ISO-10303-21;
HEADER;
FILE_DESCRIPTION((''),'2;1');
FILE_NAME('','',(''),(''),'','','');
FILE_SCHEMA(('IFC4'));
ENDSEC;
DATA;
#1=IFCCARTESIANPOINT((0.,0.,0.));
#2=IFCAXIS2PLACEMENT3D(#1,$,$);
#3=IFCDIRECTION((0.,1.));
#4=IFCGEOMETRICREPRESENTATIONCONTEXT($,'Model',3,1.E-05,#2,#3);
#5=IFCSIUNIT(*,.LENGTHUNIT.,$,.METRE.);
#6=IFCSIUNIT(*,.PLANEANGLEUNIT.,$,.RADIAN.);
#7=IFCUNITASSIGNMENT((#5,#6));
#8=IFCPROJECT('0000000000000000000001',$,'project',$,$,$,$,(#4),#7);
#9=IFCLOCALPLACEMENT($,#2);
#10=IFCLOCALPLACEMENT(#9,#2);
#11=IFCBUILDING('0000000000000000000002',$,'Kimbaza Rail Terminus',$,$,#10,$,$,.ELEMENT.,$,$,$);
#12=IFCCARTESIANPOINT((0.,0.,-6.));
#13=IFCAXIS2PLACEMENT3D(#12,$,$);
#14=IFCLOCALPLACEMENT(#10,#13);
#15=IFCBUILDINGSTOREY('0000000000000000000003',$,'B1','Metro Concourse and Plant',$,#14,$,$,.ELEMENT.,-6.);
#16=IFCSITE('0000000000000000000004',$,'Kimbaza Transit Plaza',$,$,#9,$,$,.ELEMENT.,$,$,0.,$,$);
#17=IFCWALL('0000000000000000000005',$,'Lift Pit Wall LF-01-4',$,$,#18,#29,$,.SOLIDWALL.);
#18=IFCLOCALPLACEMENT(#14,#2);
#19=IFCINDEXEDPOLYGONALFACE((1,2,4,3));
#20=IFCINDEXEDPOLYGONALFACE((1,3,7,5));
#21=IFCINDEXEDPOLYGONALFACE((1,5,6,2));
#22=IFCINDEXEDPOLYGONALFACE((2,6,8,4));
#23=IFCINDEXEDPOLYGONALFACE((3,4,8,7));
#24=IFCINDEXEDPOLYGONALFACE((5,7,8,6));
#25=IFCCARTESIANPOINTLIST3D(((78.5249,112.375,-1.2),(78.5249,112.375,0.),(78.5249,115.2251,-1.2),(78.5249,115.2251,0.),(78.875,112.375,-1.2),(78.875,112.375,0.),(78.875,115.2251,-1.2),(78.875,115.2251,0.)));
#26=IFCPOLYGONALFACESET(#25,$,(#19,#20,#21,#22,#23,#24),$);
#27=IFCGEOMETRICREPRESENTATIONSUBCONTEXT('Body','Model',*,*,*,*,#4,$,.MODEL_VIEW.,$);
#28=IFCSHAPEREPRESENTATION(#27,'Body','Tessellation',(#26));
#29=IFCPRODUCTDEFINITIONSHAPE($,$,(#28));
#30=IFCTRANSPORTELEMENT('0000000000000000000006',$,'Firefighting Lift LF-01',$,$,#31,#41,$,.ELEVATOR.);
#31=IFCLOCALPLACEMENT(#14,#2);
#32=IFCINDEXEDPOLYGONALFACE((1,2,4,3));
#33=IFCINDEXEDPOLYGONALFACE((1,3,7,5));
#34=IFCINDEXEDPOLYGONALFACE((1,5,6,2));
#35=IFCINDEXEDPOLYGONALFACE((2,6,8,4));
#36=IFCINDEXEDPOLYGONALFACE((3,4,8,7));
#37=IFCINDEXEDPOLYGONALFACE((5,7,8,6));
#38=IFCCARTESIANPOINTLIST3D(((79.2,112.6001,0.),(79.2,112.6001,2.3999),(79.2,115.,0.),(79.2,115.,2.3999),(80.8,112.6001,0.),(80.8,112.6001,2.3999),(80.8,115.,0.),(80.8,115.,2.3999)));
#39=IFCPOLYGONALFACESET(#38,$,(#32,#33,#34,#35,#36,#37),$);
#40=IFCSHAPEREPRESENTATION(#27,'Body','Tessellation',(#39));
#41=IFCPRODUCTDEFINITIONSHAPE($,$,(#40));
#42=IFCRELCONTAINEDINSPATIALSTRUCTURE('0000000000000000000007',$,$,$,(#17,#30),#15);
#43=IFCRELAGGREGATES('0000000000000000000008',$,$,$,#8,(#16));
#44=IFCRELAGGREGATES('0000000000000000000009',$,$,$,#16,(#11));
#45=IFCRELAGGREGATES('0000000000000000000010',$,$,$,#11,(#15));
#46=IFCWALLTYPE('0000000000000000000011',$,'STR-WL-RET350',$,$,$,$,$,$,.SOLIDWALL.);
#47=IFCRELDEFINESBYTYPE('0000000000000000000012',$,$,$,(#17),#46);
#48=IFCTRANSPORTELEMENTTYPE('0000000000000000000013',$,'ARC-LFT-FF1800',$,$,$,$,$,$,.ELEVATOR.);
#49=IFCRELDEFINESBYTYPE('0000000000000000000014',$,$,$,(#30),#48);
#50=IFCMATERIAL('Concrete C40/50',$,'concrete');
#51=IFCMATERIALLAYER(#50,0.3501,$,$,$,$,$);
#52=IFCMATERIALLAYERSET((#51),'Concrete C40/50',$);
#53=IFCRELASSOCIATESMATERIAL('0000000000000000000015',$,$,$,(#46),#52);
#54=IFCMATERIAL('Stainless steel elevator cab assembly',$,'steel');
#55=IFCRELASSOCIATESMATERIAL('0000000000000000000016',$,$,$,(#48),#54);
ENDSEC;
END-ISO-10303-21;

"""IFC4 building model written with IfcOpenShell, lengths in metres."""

from ifc_helpers import new_model, si_unit, direction, frame, frame_2d, origin, origin_2d, place, context, subcontext, project, spatial, rectangle, extrude, material, layer, layer_set, type_object, element, save


model = new_model("IFC4")

# Units and contexts
model_context = context("Model", 3, precision=1e-05, world=origin(), true_north=direction((0.0, 1.0)))
body_context = subcontext(model_context, "Body", "Model", "MODEL_VIEW")
ifc_project = project(units=[si_unit("LENGTHUNIT", "METRE"), si_unit("PLANEANGLEUNIT", "RADIAN")], contexts=[model_context])

# Site, building, storey
site_placement = place(None, origin())
site = spatial("IfcSite", under=ifc_project, at=site_placement, Name="Kimbaza Transit Plaza", CompositionType="ELEMENT", RefElevation=0.0)
building_placement = place(site_placement, origin())
building = spatial("IfcBuilding", under=site, at=building_placement, Name="Kimbaza Rail Terminus", CompositionType="ELEMENT")
storey_placement = place(building_placement, frame((0.0, 0.0, -6.0)))
storey = spatial("IfcBuildingStorey", under=building, at=storey_placement, Name="B1", Description="Metro Concourse and Plant", CompositionType="ELEMENT", Elevation=-6.0)

# Wall
ifc_material_1 = material(Name="Concrete C40/50", Category="concrete")
ifc_layer_1 = layer(ifc_material_1, 0.3501)
ifc_layer_set_1 = layer_set([ifc_layer_1], Name="Concrete C40/50")
wall_type_1 = type_object("IfcWallType", Name="STR-WL-RET350", PredefinedType="SOLIDWALL", material=ifc_layer_set_1)
wall_1_placement = place(storey_placement, frame((78.7, 115.2251, -1.2), z_axis=(0.0, 0.0, 1.0), x_axis=(0.0, -1.0, 0.0)))
element("IfcWall", 1, at=wall_1_placement, inside=storey, type_object=wall_type_1, Name="Lift Pit Wall LF-01-4", PredefinedType="SOLIDWALL", context=body_context, shape_type="SweptSolid", body=[
    extrude(rectangle(XDim=2.8501, YDim=0.3501, at=frame_2d((1.425, 0.0))), origin(), (0.0, 0.0, 1.0), 1.2),
])

# Transport element
ifc_material_2 = material(Name="Stainless steel elevator cab assembly", Category="steel")
transport_element_type = type_object("IfcTransportElementType", Name="ARC-LFT-FF1800", PredefinedType="ELEVATOR", material=ifc_material_2)
transport_element_placement = place(storey_placement, frame((80.0, 113.8, 0.0), z_axis=(0.0, 0.0, 1.0), x_axis=(1.0, 0.0, 0.0)))
element("IfcTransportElement", 2, at=transport_element_placement, inside=storey, type_object=transport_element_type, Name="Firefighting Lift LF-01", PredefinedType="ELEVATOR", context=body_context, shape_type="SweptSolid", body=[
    extrude(rectangle(XDim=1.6001, YDim=2.3999, at=origin_2d()), origin(), (0.0, 0.0, 1.0), 2.3999),
])

save(model, "model.ifc")
